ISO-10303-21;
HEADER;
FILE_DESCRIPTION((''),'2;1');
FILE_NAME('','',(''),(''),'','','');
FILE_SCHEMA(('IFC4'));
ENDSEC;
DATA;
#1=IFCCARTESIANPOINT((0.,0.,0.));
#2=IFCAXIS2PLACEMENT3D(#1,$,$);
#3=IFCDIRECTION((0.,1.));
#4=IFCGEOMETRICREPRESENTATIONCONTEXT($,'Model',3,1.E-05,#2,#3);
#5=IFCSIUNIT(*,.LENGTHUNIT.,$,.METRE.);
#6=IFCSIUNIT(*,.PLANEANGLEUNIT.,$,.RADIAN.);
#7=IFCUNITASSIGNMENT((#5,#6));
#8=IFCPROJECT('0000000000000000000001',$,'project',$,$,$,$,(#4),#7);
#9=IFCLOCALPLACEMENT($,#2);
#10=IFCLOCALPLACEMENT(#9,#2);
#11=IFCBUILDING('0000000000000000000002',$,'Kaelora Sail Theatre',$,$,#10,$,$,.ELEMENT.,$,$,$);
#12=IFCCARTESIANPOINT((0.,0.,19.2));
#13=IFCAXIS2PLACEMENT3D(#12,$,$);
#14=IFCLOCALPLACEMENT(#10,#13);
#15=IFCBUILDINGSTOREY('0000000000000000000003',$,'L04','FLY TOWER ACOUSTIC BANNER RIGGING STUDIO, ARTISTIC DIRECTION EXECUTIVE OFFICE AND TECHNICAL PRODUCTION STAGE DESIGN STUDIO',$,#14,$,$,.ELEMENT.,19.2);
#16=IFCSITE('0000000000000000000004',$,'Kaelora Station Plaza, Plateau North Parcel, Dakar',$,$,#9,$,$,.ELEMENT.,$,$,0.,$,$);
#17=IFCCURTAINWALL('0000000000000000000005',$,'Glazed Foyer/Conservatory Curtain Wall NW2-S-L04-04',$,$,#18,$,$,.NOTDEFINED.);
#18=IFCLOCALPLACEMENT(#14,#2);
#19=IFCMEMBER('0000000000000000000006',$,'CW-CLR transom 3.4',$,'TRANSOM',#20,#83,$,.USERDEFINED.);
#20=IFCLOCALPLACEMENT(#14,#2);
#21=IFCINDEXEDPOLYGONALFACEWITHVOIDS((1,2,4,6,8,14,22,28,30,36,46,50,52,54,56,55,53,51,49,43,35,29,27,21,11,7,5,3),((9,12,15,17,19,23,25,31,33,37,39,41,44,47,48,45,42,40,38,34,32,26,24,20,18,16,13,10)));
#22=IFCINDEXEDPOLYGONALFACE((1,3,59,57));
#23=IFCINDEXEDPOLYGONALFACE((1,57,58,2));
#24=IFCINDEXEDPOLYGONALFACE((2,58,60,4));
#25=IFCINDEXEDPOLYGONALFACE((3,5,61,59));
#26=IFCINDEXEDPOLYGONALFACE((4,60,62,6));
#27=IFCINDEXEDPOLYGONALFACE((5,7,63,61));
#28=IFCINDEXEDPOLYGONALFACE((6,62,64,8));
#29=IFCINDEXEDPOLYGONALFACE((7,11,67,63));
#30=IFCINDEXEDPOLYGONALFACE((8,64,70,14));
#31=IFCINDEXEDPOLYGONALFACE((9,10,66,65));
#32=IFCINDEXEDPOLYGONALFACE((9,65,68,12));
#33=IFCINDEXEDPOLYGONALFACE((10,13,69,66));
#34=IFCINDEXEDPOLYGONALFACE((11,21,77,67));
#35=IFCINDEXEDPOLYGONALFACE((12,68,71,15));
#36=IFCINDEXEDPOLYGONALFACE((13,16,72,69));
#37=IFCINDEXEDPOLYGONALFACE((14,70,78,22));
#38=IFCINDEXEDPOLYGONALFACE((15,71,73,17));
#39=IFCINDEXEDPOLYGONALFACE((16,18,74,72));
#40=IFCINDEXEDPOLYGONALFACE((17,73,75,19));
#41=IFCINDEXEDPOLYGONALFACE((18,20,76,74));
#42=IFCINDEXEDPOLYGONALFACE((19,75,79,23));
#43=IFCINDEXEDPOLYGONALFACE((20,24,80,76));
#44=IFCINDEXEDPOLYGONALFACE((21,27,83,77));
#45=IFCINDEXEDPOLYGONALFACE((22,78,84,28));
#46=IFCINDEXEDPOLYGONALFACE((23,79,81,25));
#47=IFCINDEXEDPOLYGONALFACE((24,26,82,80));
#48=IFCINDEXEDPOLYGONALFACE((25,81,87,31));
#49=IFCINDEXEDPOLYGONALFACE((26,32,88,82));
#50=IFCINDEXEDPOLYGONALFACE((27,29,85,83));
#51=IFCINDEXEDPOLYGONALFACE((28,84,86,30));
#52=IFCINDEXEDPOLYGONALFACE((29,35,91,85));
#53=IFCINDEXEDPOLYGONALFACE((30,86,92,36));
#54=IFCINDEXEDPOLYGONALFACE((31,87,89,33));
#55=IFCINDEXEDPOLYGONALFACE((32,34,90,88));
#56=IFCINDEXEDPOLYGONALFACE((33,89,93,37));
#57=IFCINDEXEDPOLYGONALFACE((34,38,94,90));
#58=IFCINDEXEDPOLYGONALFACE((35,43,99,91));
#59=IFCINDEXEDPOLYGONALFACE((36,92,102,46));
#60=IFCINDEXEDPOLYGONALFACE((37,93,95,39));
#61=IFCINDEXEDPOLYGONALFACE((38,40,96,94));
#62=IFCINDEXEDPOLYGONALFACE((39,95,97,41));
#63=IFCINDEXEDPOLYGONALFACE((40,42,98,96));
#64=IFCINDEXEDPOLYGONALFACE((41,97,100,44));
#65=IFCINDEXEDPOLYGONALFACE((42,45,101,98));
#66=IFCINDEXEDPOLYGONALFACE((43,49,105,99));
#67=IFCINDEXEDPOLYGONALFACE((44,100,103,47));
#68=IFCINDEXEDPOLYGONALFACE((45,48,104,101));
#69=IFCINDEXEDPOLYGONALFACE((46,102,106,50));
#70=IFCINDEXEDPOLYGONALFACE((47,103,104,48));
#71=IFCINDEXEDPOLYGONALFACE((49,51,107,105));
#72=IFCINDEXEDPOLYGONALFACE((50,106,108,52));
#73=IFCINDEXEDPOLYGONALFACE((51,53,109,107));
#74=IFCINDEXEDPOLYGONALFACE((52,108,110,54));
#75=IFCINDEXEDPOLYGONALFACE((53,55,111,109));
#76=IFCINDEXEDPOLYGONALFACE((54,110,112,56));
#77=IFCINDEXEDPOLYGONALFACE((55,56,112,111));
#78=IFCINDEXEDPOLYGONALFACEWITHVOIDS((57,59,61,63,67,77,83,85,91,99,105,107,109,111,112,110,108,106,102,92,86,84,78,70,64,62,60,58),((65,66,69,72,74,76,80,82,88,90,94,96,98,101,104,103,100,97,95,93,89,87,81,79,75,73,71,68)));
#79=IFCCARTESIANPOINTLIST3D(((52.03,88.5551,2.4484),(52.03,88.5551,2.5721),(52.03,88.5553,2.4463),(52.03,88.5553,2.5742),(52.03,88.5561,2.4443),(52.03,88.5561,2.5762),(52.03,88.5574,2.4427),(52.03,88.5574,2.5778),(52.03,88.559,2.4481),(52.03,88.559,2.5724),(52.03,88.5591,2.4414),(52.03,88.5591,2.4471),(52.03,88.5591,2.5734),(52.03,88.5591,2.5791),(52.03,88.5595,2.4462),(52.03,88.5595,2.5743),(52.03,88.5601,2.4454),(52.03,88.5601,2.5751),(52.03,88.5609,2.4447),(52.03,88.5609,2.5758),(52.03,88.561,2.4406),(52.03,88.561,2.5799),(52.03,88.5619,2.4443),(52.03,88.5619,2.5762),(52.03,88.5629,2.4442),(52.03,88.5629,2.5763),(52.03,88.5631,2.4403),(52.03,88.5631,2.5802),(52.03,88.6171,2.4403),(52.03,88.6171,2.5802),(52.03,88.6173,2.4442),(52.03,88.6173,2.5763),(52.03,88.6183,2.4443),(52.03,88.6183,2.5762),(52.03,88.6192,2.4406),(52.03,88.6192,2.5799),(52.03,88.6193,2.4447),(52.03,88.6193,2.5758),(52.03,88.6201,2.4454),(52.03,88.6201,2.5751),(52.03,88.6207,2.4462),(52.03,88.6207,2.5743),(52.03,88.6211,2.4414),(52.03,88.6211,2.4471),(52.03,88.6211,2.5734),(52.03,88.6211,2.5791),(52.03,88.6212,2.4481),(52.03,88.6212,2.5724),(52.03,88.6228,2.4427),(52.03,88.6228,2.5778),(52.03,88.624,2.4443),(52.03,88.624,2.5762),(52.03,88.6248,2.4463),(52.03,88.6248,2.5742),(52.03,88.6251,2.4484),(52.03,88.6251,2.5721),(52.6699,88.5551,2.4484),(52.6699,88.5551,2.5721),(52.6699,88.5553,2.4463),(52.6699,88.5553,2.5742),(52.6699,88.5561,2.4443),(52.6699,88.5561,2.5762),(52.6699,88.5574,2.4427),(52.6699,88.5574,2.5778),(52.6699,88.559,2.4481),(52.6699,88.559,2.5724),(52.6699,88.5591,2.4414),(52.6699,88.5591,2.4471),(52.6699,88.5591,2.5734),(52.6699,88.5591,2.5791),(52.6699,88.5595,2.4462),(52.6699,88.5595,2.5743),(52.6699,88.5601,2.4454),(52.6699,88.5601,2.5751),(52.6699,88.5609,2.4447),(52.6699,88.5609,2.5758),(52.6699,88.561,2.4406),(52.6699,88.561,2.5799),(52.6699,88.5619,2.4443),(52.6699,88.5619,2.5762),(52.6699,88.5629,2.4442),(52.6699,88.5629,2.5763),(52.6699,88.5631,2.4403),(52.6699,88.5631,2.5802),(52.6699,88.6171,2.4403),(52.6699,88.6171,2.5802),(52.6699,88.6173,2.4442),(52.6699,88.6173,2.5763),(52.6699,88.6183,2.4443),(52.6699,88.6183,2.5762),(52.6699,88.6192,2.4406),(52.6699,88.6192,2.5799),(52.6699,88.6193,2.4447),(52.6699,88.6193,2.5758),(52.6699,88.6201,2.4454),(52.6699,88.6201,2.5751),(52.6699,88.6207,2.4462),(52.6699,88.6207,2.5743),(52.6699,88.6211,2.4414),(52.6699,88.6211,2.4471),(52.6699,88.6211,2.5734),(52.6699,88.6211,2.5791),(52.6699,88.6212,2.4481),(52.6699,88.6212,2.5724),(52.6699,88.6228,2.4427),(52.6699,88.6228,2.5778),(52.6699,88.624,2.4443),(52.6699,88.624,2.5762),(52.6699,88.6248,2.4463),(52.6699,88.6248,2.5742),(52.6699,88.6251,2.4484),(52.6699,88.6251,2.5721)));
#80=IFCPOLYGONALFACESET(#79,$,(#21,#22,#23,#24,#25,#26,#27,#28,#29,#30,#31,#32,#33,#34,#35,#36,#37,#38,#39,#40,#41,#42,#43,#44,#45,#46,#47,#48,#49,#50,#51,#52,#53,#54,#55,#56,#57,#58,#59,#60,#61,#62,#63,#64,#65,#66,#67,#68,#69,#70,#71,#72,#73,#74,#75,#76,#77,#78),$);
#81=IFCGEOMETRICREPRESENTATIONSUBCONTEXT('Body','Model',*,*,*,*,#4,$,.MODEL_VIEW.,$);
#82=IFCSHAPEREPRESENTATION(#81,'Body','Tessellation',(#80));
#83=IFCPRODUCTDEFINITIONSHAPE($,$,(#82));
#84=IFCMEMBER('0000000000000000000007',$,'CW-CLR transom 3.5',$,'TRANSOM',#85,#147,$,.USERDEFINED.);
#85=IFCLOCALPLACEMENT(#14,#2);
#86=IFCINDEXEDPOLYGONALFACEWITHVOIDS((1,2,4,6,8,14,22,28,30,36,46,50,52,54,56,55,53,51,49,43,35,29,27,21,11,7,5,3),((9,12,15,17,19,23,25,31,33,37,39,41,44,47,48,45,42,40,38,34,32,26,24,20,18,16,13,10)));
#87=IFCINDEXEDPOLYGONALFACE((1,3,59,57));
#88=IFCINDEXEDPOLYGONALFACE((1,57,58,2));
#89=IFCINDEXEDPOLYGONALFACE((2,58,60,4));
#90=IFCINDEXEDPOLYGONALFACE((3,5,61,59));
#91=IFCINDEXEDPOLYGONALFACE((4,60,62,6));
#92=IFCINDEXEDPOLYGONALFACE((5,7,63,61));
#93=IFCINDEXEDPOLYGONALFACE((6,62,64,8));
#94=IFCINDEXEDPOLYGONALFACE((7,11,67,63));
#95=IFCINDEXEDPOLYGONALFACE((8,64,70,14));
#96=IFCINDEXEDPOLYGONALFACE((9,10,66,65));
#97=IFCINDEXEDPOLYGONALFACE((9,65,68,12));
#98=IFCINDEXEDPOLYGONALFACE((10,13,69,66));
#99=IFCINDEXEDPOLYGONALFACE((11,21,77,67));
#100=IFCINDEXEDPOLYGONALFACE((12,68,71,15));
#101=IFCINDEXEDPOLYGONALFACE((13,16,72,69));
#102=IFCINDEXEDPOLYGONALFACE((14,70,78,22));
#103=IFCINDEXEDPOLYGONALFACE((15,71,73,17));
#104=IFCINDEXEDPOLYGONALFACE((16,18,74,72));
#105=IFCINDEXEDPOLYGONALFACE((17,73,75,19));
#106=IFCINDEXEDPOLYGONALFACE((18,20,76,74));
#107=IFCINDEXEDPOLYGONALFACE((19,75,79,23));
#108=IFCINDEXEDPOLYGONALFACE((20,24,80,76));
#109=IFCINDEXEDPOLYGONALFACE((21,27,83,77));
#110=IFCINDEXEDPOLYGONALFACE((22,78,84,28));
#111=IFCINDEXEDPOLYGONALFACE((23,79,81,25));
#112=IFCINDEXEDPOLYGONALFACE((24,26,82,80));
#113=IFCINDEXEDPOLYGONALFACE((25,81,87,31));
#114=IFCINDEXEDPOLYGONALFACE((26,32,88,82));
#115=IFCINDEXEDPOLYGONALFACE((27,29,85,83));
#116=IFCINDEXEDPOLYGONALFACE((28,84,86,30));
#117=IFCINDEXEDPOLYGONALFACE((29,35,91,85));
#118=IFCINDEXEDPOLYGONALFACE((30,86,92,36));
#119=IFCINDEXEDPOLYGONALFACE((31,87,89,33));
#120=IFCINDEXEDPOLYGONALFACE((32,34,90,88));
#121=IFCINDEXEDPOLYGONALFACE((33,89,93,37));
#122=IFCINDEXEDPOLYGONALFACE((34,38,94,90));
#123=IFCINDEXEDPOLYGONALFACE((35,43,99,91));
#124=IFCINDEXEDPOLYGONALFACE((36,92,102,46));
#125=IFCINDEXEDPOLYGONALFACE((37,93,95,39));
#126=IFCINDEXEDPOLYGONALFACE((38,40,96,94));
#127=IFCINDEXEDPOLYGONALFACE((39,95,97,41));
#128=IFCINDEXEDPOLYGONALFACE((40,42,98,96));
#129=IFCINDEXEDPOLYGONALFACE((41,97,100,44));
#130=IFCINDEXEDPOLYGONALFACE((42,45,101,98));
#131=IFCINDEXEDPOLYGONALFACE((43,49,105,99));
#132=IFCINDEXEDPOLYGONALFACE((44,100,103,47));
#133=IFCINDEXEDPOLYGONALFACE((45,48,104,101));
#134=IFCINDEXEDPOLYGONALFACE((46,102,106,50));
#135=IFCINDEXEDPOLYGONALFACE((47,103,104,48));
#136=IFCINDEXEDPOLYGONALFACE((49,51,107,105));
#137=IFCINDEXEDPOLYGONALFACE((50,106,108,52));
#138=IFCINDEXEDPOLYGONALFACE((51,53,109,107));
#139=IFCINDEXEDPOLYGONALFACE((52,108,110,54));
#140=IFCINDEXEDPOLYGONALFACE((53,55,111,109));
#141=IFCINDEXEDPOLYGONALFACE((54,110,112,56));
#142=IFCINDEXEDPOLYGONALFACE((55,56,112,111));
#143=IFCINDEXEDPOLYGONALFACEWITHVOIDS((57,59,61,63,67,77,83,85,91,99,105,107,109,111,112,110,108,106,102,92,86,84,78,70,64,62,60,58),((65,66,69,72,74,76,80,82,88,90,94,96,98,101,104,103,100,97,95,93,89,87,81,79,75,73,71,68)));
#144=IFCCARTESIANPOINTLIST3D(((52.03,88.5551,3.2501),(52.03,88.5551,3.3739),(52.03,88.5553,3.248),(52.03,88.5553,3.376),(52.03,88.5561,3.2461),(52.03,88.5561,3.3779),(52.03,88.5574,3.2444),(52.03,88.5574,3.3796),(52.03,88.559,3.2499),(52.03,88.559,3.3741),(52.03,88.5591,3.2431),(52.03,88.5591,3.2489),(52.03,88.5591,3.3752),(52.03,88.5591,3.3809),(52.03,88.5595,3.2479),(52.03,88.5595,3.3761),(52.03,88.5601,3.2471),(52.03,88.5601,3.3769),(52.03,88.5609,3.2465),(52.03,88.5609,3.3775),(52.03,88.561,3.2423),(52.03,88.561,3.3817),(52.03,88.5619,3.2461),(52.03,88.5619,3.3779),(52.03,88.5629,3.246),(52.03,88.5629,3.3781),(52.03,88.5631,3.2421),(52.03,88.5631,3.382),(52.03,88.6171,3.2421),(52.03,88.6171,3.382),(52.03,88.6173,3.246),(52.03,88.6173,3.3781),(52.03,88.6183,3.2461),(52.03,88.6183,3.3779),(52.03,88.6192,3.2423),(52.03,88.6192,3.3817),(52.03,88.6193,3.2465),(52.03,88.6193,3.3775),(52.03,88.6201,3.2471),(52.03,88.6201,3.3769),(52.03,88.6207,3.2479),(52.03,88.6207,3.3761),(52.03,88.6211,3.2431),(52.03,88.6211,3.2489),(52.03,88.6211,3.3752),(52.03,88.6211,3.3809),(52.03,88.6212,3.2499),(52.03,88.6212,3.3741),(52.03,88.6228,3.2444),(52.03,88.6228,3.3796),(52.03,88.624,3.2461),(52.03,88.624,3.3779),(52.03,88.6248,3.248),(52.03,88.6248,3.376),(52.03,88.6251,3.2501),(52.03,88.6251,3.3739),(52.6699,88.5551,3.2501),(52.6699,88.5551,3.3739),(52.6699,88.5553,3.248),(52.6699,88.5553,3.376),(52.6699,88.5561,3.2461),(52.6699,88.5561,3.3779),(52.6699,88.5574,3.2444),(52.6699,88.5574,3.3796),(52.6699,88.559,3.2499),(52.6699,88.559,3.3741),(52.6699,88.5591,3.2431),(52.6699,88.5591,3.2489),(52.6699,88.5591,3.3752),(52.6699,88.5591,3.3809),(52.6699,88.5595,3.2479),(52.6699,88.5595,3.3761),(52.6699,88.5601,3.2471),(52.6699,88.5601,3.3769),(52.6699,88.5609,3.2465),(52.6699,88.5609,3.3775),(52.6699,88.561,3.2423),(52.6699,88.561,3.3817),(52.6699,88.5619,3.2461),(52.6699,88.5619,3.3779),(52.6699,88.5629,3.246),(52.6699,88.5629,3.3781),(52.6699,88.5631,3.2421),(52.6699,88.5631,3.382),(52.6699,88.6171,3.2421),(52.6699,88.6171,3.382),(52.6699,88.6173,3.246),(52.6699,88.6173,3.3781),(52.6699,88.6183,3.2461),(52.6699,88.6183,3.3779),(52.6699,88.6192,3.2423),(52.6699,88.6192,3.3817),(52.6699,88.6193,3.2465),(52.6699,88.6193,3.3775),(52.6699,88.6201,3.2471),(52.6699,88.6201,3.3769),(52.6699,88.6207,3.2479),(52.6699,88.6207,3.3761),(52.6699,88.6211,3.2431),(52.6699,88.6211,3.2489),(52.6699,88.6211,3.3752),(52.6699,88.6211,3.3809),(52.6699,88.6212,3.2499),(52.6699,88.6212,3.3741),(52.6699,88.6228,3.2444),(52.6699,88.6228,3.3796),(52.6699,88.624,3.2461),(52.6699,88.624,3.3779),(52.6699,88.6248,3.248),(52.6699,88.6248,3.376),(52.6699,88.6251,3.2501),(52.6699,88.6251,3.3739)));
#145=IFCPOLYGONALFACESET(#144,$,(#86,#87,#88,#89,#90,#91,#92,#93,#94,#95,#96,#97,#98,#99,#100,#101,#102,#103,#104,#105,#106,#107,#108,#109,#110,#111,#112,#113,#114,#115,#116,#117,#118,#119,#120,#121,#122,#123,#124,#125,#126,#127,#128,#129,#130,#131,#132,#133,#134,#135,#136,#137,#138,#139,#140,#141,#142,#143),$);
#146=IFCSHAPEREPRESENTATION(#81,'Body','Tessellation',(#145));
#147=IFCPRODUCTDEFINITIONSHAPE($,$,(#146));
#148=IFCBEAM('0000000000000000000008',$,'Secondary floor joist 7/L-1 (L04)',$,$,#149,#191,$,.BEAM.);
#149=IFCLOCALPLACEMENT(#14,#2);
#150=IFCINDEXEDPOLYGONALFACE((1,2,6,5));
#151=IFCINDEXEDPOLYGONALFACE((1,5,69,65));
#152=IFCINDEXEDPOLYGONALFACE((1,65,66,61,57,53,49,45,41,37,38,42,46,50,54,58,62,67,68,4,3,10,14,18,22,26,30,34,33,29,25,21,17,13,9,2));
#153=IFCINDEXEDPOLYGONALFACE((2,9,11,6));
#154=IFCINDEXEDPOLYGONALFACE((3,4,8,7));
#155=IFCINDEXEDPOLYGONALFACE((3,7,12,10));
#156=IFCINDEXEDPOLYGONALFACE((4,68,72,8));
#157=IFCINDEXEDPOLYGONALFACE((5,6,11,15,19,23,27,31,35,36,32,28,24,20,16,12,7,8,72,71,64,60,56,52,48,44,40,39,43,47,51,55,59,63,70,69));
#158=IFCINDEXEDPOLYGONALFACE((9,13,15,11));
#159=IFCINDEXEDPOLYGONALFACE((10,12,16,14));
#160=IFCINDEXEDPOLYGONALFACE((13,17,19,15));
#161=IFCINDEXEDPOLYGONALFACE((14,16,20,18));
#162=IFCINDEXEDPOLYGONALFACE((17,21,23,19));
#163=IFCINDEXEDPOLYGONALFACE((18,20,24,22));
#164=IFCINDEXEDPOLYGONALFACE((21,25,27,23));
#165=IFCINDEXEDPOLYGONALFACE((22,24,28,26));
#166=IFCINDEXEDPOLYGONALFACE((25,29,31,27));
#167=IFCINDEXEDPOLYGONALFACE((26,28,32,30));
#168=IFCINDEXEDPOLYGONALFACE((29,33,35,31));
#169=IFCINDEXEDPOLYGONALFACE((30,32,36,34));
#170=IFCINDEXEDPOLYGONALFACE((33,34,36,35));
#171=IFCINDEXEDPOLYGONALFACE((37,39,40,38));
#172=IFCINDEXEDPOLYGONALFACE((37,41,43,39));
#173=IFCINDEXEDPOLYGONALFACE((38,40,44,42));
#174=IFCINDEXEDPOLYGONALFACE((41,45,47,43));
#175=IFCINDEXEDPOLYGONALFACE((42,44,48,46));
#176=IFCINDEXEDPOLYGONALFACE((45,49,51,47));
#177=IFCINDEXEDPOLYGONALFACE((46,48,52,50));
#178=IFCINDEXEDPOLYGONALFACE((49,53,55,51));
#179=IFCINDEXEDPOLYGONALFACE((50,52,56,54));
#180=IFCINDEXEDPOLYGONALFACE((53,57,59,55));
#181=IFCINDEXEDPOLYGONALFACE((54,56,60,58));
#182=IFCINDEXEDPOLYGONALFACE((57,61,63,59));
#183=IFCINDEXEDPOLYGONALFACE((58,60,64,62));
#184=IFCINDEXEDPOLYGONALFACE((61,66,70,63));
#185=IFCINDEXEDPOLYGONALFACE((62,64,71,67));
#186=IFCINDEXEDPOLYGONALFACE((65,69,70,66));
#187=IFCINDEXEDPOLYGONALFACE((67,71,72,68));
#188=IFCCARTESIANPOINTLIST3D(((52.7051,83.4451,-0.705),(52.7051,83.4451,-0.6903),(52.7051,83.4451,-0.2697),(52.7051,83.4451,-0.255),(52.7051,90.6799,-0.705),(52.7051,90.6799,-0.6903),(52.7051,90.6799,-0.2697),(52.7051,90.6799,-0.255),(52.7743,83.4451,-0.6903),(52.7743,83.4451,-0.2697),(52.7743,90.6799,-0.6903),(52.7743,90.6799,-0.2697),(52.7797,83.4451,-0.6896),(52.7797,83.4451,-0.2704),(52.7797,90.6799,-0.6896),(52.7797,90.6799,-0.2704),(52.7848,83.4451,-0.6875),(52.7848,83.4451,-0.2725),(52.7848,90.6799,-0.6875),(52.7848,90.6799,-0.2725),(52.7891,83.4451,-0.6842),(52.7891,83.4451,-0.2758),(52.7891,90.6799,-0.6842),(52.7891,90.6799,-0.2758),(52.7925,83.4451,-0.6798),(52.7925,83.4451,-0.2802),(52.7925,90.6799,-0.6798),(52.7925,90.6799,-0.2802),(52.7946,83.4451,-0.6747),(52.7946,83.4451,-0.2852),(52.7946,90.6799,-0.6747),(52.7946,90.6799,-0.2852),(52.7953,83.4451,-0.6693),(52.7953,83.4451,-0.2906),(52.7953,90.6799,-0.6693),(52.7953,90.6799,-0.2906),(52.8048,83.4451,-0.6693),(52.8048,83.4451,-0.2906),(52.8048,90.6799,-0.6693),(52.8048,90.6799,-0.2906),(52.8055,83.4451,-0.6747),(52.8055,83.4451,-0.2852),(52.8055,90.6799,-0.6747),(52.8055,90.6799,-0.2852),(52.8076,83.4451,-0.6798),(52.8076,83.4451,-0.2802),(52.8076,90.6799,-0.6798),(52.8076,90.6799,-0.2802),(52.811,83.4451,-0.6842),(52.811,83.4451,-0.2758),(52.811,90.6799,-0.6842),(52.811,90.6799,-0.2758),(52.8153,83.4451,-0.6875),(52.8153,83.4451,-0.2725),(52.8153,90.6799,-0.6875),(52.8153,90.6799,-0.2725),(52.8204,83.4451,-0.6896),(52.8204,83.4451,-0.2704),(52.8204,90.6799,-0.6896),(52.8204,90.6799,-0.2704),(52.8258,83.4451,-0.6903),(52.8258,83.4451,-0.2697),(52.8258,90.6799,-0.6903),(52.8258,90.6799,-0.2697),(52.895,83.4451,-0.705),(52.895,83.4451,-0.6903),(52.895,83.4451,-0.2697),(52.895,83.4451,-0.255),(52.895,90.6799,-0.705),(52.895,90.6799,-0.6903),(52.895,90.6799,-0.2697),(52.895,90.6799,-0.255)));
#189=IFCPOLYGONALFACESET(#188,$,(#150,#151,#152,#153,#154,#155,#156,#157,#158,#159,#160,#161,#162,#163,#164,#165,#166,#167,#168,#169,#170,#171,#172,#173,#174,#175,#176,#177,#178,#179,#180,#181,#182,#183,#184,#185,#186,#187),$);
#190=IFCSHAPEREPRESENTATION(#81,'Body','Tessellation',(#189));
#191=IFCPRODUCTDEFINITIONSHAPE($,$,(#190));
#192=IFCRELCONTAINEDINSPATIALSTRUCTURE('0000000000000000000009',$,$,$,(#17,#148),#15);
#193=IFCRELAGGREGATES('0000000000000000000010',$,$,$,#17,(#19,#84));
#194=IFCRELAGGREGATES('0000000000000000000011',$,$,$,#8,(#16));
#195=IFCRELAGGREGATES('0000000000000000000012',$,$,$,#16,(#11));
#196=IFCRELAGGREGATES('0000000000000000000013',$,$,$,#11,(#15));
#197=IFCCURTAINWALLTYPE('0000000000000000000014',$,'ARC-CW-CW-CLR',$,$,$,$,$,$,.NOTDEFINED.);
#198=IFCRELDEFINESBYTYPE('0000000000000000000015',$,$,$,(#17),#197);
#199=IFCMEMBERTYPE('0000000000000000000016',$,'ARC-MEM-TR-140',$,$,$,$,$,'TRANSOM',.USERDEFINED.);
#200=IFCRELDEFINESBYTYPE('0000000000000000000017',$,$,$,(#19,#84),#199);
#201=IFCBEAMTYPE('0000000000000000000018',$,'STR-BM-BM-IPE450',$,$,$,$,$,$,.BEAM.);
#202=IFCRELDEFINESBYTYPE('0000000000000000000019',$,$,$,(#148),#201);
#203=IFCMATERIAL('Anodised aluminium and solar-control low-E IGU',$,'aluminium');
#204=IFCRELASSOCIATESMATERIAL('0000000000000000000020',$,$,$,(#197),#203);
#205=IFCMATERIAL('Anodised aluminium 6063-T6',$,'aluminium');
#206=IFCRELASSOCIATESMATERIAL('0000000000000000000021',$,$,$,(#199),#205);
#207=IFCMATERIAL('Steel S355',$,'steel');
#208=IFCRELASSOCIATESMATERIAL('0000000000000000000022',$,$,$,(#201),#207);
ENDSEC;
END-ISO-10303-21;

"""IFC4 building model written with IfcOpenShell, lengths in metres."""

from ifc_helpers import new_model, si_unit, direction, frame, origin, origin_2d, place, context, subcontext, project, spatial, hollow_rectangle, i_section, extrude, material, material_profile, profile_set, type_object, element, aggregate, save


model = new_model("IFC4")

# Units and contexts
model_context = context("Model", 3, precision=1e-05, world=origin(), true_north=direction((0.0, 1.0)))
body_context = subcontext(model_context, "Body", "Model", "MODEL_VIEW")
ifc_project = project(units=[si_unit("LENGTHUNIT", "METRE"), si_unit("PLANEANGLEUNIT", "RADIAN")], contexts=[model_context])

# Site, building, storey
site_placement = place(None, origin())
site = spatial("IfcSite", under=ifc_project, at=site_placement, Name="Kaelora Station Plaza, Plateau North Parcel, Dakar", CompositionType="ELEMENT", RefElevation=0.0)
building_placement = place(site_placement, origin())
building = spatial("IfcBuilding", under=site, at=building_placement, Name="Kaelora Sail Theatre", CompositionType="ELEMENT")
storey_placement = place(building_placement, frame((0.0, 0.0, 19.2)))
storey = spatial("IfcBuildingStorey", under=building, at=storey_placement, Name="L04", Description="FLY TOWER ACOUSTIC BANNER RIGGING STUDIO, ARTISTIC DIRECTION EXECUTIVE OFFICE AND TECHNICAL PRODUCTION STAGE DESIGN STUDIO", CompositionType="ELEMENT", Elevation=19.2)

# Curtain wall, members
ifc_material_1 = material(Name="Anodised aluminium and solar-control low-E IGU", Category="aluminium")
curtain_wall_type = type_object("IfcCurtainWallType", Name="ARC-CW-CW-CLR", PredefinedType="NOTDEFINED", material=ifc_material_1)
curtain_wall_placement = place(storey_placement, origin())
curtain_wall = element("IfcCurtainWall", 1, at=curtain_wall_placement, inside=storey, type_object=curtain_wall_type, Name="Glazed Foyer/Conservatory Curtain Wall NW2-S-L04-04", PredefinedType="NOTDEFINED")
ifc_material_2 = material(Name="Anodised aluminium 6063-T6", Category="aluminium")
ifc_material_profile_1 = material_profile(ifc_material_2, hollow_rectangle(XDim=0.0701, YDim=0.1399, WallThickness=0.0039, InnerFilletRadius=0.0039, OuterFilletRadius=0.0081, at=origin_2d()), Name="ALU-TRAN 70x140x4")
ifc_profile_set_1 = profile_set([ifc_material_profile_1], Name="Anodised aluminium 6063-T6")
member_type_1 = type_object("IfcMemberType", Name="ARC-MEM-TR-140", ElementType="TRANSOM", PredefinedType="USERDEFINED", material=ifc_profile_set_1)
member_1_placement = place(storey_placement, frame((52.03, 88.5901, 2.5103), z_axis=(1.0, 0.0, 0.0), x_axis=(0.0, 1.0, 0.0)))
member_1 = element("IfcMember", 2, at=member_1_placement, type_object=member_type_1, Name="CW-CLR transom 3.4", ObjectType="TRANSOM", PredefinedType="USERDEFINED", context=body_context, shape_type="SweptSolid", body=[
    extrude(hollow_rectangle(XDim=0.0701, YDim=0.1399, WallThickness=0.0039, InnerFilletRadius=0.0039, OuterFilletRadius=0.0081, at=origin_2d()), origin(), (0.0, 0.0, 1.0), 0.6399),
])
member_2_placement = place(storey_placement, frame((52.03, 88.5901, 3.312), z_axis=(1.0, 0.0, 0.0), x_axis=(0.0, 1.0, 0.0)))
member_2 = element("IfcMember", 3, at=member_2_placement, type_object=member_type_1, Name="CW-CLR transom 3.5", ObjectType="TRANSOM", PredefinedType="USERDEFINED", context=body_context, shape_type="SweptSolid", body=[
    extrude(hollow_rectangle(XDim=0.0701, YDim=0.1399, WallThickness=0.0039, InnerFilletRadius=0.0039, OuterFilletRadius=0.0081, at=origin_2d()), origin(), (0.0, 0.0, 1.0), 0.6399),
])

# Beam
ifc_material_3 = material(Name="Steel S355", Category="steel")
ifc_material_profile_2 = material_profile(ifc_material_3, i_section(OverallWidth=0.1899, OverallDepth=0.45, WebThickness=0.0095, FlangeThickness=0.0146, FilletRadius=0.021, at=origin_2d()), Name="IPE 450")
ifc_profile_set_2 = profile_set([ifc_material_profile_2], Name="Steel S355")
beam_type_1 = type_object("IfcBeamType", Name="STR-BM-BM-IPE450", PredefinedType="BEAM", material=ifc_profile_set_2)
beam_1_placement = place(storey_placement, frame((52.8, 83.4451, -0.48), z_axis=(0.0, 1.0, 0.0), x_axis=(-1.0, 0.0, 0.0)))
element("IfcBeam", 4, at=beam_1_placement, inside=storey, type_object=beam_type_1, Name="Secondary floor joist 7/L-1 (L04)", PredefinedType="BEAM", context=body_context, shape_type="SweptSolid", body=[
    extrude(i_section(OverallWidth=0.1899, OverallDepth=0.45, WebThickness=0.0095, FlangeThickness=0.0146, FilletRadius=0.021, at=origin_2d()), origin(), (0.0, 0.0, 1.0), 7.2349),
])

aggregate(curtain_wall, [member_1, member_2])

save(model, "model.ifc")
